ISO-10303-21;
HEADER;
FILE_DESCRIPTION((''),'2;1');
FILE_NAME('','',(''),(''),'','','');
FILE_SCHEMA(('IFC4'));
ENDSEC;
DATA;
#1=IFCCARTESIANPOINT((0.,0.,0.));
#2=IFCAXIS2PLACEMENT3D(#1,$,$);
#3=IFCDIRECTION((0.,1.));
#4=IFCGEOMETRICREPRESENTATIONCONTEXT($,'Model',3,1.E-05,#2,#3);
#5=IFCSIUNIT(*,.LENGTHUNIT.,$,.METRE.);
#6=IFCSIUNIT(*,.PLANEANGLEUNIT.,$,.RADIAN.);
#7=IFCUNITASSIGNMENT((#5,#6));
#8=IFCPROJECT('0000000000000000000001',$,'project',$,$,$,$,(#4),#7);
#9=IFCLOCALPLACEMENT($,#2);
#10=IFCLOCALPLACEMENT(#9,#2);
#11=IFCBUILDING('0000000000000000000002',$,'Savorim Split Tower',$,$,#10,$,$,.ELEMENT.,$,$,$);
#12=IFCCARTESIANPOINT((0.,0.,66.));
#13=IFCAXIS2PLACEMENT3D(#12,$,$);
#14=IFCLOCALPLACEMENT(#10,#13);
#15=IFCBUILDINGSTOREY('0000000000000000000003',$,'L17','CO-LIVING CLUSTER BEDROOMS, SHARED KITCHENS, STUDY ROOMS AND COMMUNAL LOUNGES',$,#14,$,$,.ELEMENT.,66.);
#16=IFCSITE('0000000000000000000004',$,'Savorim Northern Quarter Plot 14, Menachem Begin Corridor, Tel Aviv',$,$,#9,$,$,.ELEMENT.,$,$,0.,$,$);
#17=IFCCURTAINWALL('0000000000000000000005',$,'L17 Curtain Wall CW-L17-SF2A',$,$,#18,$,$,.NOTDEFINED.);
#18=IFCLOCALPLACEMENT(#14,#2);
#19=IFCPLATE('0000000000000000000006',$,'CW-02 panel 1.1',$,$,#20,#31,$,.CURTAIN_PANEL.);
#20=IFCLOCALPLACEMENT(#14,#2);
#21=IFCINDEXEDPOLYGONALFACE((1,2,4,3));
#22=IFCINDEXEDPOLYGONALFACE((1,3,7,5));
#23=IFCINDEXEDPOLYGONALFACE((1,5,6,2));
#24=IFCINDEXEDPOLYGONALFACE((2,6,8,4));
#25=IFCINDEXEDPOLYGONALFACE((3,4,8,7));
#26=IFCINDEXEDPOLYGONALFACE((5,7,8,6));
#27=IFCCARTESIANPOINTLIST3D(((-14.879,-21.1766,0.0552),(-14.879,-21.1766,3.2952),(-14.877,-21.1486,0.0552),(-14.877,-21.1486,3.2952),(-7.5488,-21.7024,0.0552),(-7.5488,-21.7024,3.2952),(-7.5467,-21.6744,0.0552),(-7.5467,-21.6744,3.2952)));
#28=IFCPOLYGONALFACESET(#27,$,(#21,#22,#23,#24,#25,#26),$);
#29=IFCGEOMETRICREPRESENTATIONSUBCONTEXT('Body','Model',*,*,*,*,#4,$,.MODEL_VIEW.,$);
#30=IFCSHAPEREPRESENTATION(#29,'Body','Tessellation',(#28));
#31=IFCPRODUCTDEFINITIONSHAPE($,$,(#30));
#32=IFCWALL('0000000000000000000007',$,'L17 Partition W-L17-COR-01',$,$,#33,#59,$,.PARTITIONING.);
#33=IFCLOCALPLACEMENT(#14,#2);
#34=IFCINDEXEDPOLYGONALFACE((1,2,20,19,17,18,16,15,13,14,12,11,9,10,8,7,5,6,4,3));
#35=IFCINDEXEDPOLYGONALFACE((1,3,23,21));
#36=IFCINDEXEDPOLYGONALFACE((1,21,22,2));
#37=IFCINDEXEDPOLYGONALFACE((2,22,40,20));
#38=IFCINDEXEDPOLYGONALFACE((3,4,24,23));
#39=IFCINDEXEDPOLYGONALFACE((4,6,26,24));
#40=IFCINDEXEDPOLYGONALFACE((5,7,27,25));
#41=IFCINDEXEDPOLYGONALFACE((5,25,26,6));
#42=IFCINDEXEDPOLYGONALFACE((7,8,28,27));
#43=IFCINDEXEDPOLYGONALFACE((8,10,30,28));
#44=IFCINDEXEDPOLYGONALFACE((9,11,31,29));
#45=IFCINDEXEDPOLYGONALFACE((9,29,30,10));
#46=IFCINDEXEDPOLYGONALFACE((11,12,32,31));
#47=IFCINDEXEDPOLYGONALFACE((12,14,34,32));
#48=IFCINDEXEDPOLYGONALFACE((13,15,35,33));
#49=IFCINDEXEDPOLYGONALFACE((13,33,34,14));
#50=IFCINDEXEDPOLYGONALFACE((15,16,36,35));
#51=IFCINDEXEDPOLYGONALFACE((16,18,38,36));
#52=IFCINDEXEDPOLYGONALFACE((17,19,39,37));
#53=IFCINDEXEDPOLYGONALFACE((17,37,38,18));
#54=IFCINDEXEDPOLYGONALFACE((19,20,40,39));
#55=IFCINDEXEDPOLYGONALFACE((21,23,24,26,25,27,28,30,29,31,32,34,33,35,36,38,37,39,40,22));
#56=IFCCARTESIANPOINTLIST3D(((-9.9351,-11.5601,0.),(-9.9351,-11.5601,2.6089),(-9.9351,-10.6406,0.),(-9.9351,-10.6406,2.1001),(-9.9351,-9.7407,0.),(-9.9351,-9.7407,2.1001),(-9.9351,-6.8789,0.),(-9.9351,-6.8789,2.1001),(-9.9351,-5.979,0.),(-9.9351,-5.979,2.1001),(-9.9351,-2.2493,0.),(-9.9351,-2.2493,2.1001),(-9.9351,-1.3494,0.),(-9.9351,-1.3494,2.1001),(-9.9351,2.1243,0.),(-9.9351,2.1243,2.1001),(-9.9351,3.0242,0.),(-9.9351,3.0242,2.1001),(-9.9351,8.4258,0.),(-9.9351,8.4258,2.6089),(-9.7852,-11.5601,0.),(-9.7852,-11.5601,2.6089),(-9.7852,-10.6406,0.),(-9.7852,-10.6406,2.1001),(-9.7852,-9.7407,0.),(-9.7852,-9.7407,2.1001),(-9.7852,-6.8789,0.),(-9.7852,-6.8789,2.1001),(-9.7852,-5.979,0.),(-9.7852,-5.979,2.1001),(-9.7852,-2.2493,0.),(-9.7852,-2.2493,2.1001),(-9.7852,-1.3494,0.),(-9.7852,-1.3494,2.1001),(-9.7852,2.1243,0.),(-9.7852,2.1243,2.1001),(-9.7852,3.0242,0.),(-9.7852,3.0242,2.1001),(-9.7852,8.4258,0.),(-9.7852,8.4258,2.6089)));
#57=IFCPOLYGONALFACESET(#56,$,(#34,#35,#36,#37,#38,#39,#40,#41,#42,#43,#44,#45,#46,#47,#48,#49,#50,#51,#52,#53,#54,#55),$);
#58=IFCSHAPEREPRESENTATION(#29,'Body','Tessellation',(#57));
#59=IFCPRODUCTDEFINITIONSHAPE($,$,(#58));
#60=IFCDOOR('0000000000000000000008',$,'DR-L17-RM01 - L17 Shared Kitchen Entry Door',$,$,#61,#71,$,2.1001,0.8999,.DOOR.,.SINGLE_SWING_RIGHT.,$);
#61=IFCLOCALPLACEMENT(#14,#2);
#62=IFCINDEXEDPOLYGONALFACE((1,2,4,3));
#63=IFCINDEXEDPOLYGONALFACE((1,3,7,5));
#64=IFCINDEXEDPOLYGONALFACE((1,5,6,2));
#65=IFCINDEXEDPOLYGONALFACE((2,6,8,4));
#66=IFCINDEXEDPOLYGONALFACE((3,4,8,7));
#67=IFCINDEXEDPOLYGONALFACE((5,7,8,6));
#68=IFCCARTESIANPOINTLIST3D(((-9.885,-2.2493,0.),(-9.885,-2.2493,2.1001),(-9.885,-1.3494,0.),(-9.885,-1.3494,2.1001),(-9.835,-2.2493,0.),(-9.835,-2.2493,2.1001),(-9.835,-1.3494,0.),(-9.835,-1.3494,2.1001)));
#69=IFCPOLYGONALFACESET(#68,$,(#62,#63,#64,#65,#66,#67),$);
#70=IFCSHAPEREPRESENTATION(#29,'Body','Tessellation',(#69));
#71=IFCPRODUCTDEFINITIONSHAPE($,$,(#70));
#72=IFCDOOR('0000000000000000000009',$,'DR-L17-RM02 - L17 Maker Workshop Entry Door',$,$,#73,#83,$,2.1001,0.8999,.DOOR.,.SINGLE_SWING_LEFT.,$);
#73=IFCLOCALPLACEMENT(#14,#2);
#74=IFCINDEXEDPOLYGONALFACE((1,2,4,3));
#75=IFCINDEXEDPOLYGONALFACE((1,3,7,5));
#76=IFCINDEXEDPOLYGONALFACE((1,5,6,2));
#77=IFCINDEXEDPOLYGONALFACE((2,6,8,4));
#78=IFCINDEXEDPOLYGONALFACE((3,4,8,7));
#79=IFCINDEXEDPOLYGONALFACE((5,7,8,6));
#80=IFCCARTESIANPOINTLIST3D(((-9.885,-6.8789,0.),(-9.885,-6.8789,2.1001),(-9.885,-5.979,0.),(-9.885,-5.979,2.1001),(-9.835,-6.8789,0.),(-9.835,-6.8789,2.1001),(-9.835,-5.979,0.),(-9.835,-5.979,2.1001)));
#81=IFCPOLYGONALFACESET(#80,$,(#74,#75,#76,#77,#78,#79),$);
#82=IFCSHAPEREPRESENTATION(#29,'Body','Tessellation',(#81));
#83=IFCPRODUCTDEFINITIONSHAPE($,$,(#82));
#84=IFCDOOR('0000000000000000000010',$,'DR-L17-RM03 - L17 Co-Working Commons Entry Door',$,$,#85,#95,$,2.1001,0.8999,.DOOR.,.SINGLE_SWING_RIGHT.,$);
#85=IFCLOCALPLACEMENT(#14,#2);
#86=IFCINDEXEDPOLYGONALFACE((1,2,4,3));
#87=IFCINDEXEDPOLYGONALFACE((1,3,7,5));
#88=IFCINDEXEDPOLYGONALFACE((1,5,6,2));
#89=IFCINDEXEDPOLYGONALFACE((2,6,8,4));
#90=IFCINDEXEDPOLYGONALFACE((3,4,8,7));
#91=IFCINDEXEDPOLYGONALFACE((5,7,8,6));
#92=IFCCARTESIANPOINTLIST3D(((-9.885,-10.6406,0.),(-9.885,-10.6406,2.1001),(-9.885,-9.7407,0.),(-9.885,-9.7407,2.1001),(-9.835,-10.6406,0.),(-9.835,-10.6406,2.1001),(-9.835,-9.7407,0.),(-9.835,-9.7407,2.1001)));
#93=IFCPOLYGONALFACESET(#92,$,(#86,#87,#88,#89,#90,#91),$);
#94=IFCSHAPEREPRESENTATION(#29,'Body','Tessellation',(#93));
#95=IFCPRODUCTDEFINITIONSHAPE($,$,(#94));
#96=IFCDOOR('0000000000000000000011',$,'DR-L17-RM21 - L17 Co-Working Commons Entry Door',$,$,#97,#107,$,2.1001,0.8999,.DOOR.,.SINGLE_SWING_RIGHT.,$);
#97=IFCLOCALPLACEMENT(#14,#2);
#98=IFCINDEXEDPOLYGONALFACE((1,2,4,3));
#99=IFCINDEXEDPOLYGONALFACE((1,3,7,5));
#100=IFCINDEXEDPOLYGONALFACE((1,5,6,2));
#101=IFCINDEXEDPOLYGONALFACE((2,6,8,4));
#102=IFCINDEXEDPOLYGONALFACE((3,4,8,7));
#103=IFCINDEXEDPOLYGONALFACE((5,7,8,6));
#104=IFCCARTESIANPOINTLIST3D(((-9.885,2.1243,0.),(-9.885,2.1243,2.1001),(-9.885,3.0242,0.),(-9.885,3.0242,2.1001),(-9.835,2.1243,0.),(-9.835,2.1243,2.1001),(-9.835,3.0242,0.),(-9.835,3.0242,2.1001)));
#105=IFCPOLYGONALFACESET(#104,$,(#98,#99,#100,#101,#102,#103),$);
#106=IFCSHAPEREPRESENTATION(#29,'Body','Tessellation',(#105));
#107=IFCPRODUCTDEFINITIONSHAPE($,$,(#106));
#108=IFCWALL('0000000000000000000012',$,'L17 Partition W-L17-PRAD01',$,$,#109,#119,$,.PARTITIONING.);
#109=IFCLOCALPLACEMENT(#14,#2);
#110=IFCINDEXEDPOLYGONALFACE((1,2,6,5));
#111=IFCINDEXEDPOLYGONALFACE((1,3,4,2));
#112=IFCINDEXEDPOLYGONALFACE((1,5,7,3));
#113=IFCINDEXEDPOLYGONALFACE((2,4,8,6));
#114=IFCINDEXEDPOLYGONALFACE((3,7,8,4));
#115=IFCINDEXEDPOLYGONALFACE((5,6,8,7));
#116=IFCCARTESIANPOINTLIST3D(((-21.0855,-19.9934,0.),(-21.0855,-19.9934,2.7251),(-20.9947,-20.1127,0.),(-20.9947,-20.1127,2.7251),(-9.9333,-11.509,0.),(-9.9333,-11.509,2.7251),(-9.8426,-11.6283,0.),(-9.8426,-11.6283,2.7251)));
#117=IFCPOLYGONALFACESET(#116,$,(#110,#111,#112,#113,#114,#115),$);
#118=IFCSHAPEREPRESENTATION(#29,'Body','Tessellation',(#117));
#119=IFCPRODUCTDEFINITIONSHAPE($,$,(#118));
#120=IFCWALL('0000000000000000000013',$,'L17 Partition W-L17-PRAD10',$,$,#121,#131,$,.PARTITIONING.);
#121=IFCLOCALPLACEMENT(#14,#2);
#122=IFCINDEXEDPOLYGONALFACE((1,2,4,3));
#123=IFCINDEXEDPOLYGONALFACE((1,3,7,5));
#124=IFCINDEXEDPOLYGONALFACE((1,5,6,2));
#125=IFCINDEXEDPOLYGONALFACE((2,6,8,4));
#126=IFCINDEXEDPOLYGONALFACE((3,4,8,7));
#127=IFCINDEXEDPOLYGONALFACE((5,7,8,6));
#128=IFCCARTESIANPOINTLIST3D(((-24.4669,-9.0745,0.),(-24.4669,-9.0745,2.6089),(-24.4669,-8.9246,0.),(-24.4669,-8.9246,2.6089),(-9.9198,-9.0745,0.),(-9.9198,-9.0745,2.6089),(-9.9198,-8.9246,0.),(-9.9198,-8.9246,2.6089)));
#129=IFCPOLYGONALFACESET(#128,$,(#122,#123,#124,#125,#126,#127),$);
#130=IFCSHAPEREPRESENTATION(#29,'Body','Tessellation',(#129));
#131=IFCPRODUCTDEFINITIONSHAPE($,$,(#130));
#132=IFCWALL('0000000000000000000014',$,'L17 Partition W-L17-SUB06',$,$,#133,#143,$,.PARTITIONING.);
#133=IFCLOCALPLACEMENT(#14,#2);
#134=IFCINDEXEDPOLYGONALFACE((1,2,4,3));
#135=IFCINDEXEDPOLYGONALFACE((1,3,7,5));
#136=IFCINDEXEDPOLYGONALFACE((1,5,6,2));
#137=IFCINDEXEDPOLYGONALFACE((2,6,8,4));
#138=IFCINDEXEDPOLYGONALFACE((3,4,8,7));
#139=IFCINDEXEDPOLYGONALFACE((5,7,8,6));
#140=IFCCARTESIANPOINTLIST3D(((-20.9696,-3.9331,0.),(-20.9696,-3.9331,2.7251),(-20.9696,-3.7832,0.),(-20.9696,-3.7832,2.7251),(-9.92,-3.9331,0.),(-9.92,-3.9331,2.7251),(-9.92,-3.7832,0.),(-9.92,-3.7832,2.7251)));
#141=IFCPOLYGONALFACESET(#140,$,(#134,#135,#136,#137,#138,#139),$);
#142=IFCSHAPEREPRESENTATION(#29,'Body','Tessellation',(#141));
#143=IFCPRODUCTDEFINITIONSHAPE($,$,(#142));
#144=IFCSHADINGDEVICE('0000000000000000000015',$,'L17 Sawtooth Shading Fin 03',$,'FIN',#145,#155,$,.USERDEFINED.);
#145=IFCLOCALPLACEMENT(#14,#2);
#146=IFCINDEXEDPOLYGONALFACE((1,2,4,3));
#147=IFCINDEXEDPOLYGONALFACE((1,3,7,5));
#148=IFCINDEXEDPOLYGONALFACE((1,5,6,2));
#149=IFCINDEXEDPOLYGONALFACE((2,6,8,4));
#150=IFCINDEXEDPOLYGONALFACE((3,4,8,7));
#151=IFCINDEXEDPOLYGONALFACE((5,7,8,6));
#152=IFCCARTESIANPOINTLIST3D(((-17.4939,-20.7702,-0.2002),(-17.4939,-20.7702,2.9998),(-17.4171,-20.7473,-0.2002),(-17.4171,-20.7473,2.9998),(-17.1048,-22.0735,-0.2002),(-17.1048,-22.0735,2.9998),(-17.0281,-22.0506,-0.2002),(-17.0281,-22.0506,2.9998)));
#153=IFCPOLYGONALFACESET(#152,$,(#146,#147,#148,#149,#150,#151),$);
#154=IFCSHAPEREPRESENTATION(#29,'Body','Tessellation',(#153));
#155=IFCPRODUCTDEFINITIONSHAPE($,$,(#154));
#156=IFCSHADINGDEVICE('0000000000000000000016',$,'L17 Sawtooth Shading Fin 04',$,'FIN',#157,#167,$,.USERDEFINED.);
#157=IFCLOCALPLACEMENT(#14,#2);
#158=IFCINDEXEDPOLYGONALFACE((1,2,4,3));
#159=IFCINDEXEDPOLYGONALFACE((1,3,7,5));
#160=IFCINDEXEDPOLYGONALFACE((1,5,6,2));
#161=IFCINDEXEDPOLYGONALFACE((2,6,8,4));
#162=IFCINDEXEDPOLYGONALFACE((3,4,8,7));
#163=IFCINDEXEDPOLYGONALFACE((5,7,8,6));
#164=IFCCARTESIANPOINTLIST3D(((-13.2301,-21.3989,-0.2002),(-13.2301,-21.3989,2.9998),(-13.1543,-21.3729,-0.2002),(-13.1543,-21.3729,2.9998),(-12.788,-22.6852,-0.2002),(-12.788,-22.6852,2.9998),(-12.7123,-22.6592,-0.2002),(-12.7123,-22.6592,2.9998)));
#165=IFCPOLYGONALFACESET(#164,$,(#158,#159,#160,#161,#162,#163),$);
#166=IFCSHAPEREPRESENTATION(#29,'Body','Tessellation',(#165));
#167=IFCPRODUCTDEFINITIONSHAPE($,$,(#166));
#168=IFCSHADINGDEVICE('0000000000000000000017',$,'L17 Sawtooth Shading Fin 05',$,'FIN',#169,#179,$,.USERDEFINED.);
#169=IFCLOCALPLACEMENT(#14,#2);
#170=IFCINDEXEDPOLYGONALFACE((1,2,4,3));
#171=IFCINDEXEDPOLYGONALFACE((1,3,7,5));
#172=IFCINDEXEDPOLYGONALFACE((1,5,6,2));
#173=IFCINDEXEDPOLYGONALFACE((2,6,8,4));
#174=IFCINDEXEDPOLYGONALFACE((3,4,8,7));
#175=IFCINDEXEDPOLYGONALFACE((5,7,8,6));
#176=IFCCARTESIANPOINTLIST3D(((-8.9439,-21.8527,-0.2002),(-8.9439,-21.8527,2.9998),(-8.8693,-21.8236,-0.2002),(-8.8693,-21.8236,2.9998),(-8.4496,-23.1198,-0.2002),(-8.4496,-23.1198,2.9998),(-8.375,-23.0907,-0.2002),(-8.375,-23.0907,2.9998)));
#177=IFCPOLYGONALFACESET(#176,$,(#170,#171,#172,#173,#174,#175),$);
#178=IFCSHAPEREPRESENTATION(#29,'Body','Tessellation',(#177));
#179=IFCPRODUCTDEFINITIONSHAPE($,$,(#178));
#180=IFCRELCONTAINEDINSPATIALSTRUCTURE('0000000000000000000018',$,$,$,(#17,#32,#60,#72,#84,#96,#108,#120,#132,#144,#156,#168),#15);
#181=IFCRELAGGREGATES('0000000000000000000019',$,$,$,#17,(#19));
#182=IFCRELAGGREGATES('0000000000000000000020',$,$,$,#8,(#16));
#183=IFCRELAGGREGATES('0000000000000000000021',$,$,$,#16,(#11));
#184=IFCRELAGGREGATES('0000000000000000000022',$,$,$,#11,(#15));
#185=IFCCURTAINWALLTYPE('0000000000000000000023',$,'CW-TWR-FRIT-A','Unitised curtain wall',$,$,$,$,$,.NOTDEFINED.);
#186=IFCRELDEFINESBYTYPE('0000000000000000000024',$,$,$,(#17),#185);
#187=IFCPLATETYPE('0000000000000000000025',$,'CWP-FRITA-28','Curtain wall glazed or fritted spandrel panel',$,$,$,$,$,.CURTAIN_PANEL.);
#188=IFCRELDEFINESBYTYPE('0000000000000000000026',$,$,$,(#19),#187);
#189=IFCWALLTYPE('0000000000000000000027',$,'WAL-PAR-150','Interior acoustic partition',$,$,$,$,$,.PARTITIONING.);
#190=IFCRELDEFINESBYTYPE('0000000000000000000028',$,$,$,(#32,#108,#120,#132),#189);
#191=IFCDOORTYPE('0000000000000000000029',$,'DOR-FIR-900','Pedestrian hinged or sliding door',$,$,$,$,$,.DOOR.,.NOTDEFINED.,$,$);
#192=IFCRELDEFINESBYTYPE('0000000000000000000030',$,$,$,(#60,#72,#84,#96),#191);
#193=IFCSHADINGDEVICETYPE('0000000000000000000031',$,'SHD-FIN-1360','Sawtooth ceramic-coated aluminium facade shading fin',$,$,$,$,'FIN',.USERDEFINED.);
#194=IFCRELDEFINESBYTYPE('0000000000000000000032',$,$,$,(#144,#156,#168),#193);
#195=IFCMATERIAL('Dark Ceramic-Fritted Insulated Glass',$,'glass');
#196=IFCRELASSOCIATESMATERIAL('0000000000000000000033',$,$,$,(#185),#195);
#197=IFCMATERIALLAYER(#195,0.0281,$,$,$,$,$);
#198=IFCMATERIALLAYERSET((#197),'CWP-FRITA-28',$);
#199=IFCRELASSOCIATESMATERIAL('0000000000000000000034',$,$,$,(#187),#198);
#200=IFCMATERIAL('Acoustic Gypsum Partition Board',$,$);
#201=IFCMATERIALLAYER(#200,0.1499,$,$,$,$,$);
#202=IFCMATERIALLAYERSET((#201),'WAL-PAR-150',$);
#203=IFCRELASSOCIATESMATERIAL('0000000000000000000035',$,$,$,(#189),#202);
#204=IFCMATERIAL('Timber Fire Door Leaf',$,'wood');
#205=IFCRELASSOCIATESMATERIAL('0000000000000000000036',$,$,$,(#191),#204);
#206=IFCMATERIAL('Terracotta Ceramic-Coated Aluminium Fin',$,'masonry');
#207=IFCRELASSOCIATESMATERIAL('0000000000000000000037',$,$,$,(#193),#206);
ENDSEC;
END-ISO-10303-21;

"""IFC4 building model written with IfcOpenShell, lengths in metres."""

from ifc_helpers import new_model, si_unit, direction, frame, frame_2d, origin, origin_2d, place, context, subcontext, project, spatial, rectangle, extrude, material, layer, layer_set, type_object, element, fill, aggregate, save


model = new_model("IFC4")

# Units and contexts
model_context = context("Model", 3, precision=1e-05, world=origin(), true_north=direction((0.0, 1.0)))
body_context = subcontext(model_context, "Body", "Model", "MODEL_VIEW")
ifc_project = project(units=[si_unit("LENGTHUNIT", "METRE"), si_unit("PLANEANGLEUNIT", "RADIAN")], contexts=[model_context])

# Site, building, storey
site_placement = place(None, origin())
site = spatial("IfcSite", under=ifc_project, at=site_placement, Name="Savorim Northern Quarter Plot 14, Menachem Begin Corridor, Tel Aviv", CompositionType="ELEMENT", RefElevation=0.0)
building_placement = place(site_placement, origin())
building = spatial("IfcBuilding", under=site, at=building_placement, Name="Savorim Split Tower", CompositionType="ELEMENT")
storey_placement = place(building_placement, frame((0.0, 0.0, 66.0)))
storey = spatial("IfcBuildingStorey", under=building, at=storey_placement, Name="L17", Description="CO-LIVING CLUSTER BEDROOMS, SHARED KITCHENS, STUDY ROOMS AND COMMUNAL LOUNGES", CompositionType="ELEMENT", Elevation=66.0)

# Curtain wall
ifc_material_1 = material(Name="Dark Ceramic-Fritted Insulated Glass", Category="glass")
curtain_wall_type = type_object("IfcCurtainWallType", Name="CW-TWR-FRIT-A", Description="Unitised curtain wall", PredefinedType="NOTDEFINED", material=ifc_material_1)
curtain_wall_1_placement = place(storey_placement, origin())
curtain_wall_1 = element("IfcCurtainWall", 1, at=curtain_wall_1_placement, inside=storey, type_object=curtain_wall_type, Name="L17 Curtain Wall CW-L17-SF2A", PredefinedType="NOTDEFINED")

# Plate
ifc_layer_1 = layer(ifc_material_1, 0.0281)
ifc_layer_set_1 = layer_set([ifc_layer_1], Name="CWP-FRITA-28")
plate_type = type_object("IfcPlateType", Name="CWP-FRITA-28", Description="Curtain wall glazed or fritted spandrel panel", PredefinedType="CURTAIN_PANEL", material=ifc_layer_set_1)
plate_1_placement = place(storey_placement, frame((-11.2129, -21.4255, 0.0552), z_axis=(0.0, 0.0, 1.0), x_axis=(0.997437, -0.071546, 0.0)))
plate_1 = element("IfcPlate", 2, at=plate_1_placement, type_object=plate_type, Name="CW-02 panel 1.1", PredefinedType="CURTAIN_PANEL", context=body_context, shape_type="SweptSolid", body=[
    extrude(rectangle(XDim=7.3491, YDim=0.0281, at=origin_2d()), origin(), (0.0, 0.0, 1.0), 3.24),
])
aggregate(curtain_wall_1, [plate_1])

# Wall, openings, doors
ifc_material_2 = material(Name="Acoustic Gypsum Partition Board")
ifc_layer_2 = layer(ifc_material_2, 0.1499)
ifc_layer_set_2 = layer_set([ifc_layer_2], Name="WAL-PAR-150")
wall_type = type_object("IfcWallType", Name="WAL-PAR-150", Description="Interior acoustic partition", PredefinedType="PARTITIONING", material=ifc_layer_set_2)
wall_1_placement = place(storey_placement, frame((-9.8601, -11.5601, 0.0), z_axis=(0.0, 0.0, 1.0), x_axis=(0.0, 1.0, 0.0)))
wall_1 = element("IfcWall", 3, at=wall_1_placement, inside=storey, type_object=wall_type, Name="L17 Partition W-L17-COR-01", PredefinedType="PARTITIONING", context=body_context, shape_type="SweptSolid", body=[
    extrude(rectangle(XDim=19.9858, YDim=0.1499, at=frame_2d((9.9929, 0.0))), origin(), (0.0, 0.0, 1.0), 2.6089),
])
opening_1_placement = place(wall_1_placement, frame((9.3108, 0.0, 0.0)))
opening_1 = element("IfcOpeningElement", 4, at=opening_1_placement, cuts=wall_1, PredefinedType="OPENING", context=body_context, shape_type="SweptSolid", body=[
    extrude(rectangle(XDim=0.8999, YDim=2.1001, at=frame_2d((0.45, 1.05))), frame((0.0, 0.085, 0.0), z_axis=(0.0, -1.0, 0.0), x_axis=(1.0, 0.0, 0.0)), (0.0, 0.0, 1.0), 0.1699),
])
opening_2_placement = place(wall_1_placement, frame((4.6812, 0.0, 0.0)))
opening_2 = element("IfcOpeningElement", 5, at=opening_2_placement, cuts=wall_1, PredefinedType="OPENING", context=body_context, shape_type="SweptSolid", body=[
    extrude(rectangle(XDim=0.8999, YDim=2.1001, at=frame_2d((0.45, 1.05))), frame((0.0, 0.085, 0.0), z_axis=(0.0, -1.0, 0.0), x_axis=(1.0, 0.0, 0.0)), (0.0, 0.0, 1.0), 0.1699),
])
opening_3_placement = place(wall_1_placement, frame((0.9194, 0.0, 0.0)))
opening_3 = element("IfcOpeningElement", 6, at=opening_3_placement, cuts=wall_1, PredefinedType="OPENING", context=body_context, shape_type="SweptSolid", body=[
    extrude(rectangle(XDim=0.8999, YDim=2.1001, at=frame_2d((0.45, 1.05))), frame((0.0, 0.085, 0.0), z_axis=(0.0, -1.0, 0.0), x_axis=(1.0, 0.0, 0.0)), (0.0, 0.0, 1.0), 0.1699),
])
opening_4_placement = place(wall_1_placement, frame((13.6843, 0.0, 0.0)))
opening_4 = element("IfcOpeningElement", 7, at=opening_4_placement, cuts=wall_1, PredefinedType="OPENING", context=body_context, shape_type="SweptSolid", body=[
    extrude(rectangle(XDim=0.8999, YDim=2.1001, at=frame_2d((0.45, 1.05))), frame((0.0, 0.085, 0.0), z_axis=(0.0, -1.0, 0.0), x_axis=(1.0, 0.0, 0.0)), (0.0, 0.0, 1.0), 0.1699),
])
ifc_material_3 = material(Name="Timber Fire Door Leaf", Category="wood")
door_type = type_object("IfcDoorType", Name="DOR-FIR-900", Description="Pedestrian hinged or sliding door", OperationType="NOTDEFINED", PredefinedType="DOOR", material=ifc_material_3)
door_1_placement = place(opening_1_placement, origin())
door_1 = element("IfcDoor", 8, at=door_1_placement, inside=storey, type_object=door_type, Name="DR-L17-RM01 - L17 Shared Kitchen Entry Door", OperationType="SINGLE_SWING_RIGHT", OverallHeight=2.1001, OverallWidth=0.8999, PredefinedType="DOOR", context=body_context, shape_type="SweptSolid", body=[
    extrude(rectangle(XDim=0.8999, YDim=2.1001, at=frame_2d((0.45, 1.05))), frame((0.0, 0.0249, 0.0), z_axis=(0.0, -1.0, 0.0), x_axis=(1.0, 0.0, 0.0)), (0.0, 0.0, 1.0), 0.05),
])
fill(opening_1, door_1)
door_2_placement = place(opening_2_placement, origin())
door_2 = element("IfcDoor", 9, at=door_2_placement, inside=storey, type_object=door_type, Name="DR-L17-RM02 - L17 Maker Workshop Entry Door", OperationType="SINGLE_SWING_LEFT", OverallHeight=2.1001, OverallWidth=0.8999, PredefinedType="DOOR", context=body_context, shape_type="SweptSolid", body=[
    extrude(rectangle(XDim=0.8999, YDim=2.1001, at=frame_2d((0.45, 1.05))), frame((0.0, 0.0249, 0.0), z_axis=(0.0, -1.0, 0.0), x_axis=(1.0, 0.0, 0.0)), (0.0, 0.0, 1.0), 0.05),
])
fill(opening_2, door_2)
door_3_placement = place(opening_3_placement, origin())
door_3 = element("IfcDoor", 10, at=door_3_placement, inside=storey, type_object=door_type, Name="DR-L17-RM03 - L17 Co-Working Commons Entry Door", OperationType="SINGLE_SWING_RIGHT", OverallHeight=2.1001, OverallWidth=0.8999, PredefinedType="DOOR", context=body_context, shape_type="SweptSolid", body=[
    extrude(rectangle(XDim=0.8999, YDim=2.1001, at=frame_2d((0.45, 1.05))), frame((0.0, 0.0249, 0.0), z_axis=(0.0, -1.0, 0.0), x_axis=(1.0, 0.0, 0.0)), (0.0, 0.0, 1.0), 0.05),
])
fill(opening_3, door_3)
door_4_placement = place(opening_4_placement, origin())
door_4 = element("IfcDoor", 11, at=door_4_placement, inside=storey, type_object=door_type, Name="DR-L17-RM21 - L17 Co-Working Commons Entry Door", OperationType="SINGLE_SWING_RIGHT", OverallHeight=2.1001, OverallWidth=0.8999, PredefinedType="DOOR", context=body_context, shape_type="SweptSolid", body=[
    extrude(rectangle(XDim=0.8999, YDim=2.1001, at=frame_2d((0.45, 1.05))), frame((0.0, 0.0249, 0.0), z_axis=(0.0, -1.0, 0.0), x_axis=(1.0, 0.0, 0.0)), (0.0, 0.0, 1.0), 0.05),
])
fill(opening_4, door_4)

# Walls
wall_2_placement = place(storey_placement, frame((-9.8879, -11.5686, 0.0), z_axis=(0.0, 0.0, 1.0), x_axis=(-0.79586, -0.60548, 0.0)))
element("IfcWall", 12, at=wall_2_placement, inside=storey, type_object=wall_type, Name="L17 Partition W-L17-PRAD01", PredefinedType="PARTITIONING", context=body_context, shape_type="SweptSolid", body=[
    extrude(rectangle(XDim=14.0127, YDim=0.1499, at=frame_2d((7.0063, 0.0))), origin(), (0.0, 0.0, 1.0), 2.7251),
])
wall_3_placement = place(storey_placement, frame((-9.9199, -8.9995, 0.0), z_axis=(0.0, 0.0, 1.0), x_axis=(-1.0, 0.0, 0.0)))
element("IfcWall", 13, at=wall_3_placement, inside=storey, type_object=wall_type, Name="L17 Partition W-L17-PRAD10", PredefinedType="PARTITIONING", context=body_context, shape_type="SweptSolid", body=[
    extrude(rectangle(XDim=14.5471, YDim=0.1499, at=frame_2d((7.2734, 0.0))), origin(), (0.0, 0.0, 1.0), 2.6089),
])
wall_4_placement = place(storey_placement, frame((-9.9199, -3.8582, 0.0), z_axis=(0.0, 0.0, 1.0), x_axis=(-1.0, 0.0, 0.0)))
element("IfcWall", 14, at=wall_4_placement, inside=storey, type_object=wall_type, Name="L17 Partition W-L17-SUB06", PredefinedType="PARTITIONING", context=body_context, shape_type="SweptSolid", body=[
    extrude(rectangle(XDim=11.0496, YDim=0.1499, at=frame_2d((5.5249, 0.0))), origin(), (0.0, 0.0, 1.0), 2.7251),
])

# Shading devices
ifc_material_4 = material(Name="Terracotta Ceramic-Coated Aluminium Fin", Category="masonry")
shading_device_type = type_object("IfcShadingDeviceType", Name="SHD-FIN-1360", Description="Sawtooth ceramic-coated aluminium facade shading fin", ElementType="FIN", PredefinedType="USERDEFINED", material=ifc_material_4)
for number, where, z_axis, x_axis, name in (
    (15, (-17.261, -21.4104, -0.2002), (0.0, 0.0, 1.0), (0.286026, -0.958222, 0.0), "L17 Sawtooth Shading Fin 03"),
    (16, (-12.9712, -22.0291, -0.2002), (0.0, 0.0, 1.0), (0.324994, -0.945716, 0.0), "L17 Sawtooth Shading Fin 04"),
    (17, (-8.6594, -22.4717, -0.2002), (0.0, 0.0, 1.0), (0.363415, -0.931627, 0.0), "L17 Sawtooth Shading Fin 05"),
):
    element("IfcShadingDevice", number, at=place(storey_placement, frame(where, z_axis=z_axis, x_axis=x_axis)), inside=storey, type_object=shading_device_type, Name=name, ObjectType="FIN", PredefinedType="USERDEFINED", context=body_context, shape_type="SweptSolid", body=[
        extrude(rectangle(XDim=1.3601, YDim=0.0801, at=origin_2d()), origin(), (0.0, 0.0, 1.0), 3.2),
    ])

save(model, "model.ifc")
